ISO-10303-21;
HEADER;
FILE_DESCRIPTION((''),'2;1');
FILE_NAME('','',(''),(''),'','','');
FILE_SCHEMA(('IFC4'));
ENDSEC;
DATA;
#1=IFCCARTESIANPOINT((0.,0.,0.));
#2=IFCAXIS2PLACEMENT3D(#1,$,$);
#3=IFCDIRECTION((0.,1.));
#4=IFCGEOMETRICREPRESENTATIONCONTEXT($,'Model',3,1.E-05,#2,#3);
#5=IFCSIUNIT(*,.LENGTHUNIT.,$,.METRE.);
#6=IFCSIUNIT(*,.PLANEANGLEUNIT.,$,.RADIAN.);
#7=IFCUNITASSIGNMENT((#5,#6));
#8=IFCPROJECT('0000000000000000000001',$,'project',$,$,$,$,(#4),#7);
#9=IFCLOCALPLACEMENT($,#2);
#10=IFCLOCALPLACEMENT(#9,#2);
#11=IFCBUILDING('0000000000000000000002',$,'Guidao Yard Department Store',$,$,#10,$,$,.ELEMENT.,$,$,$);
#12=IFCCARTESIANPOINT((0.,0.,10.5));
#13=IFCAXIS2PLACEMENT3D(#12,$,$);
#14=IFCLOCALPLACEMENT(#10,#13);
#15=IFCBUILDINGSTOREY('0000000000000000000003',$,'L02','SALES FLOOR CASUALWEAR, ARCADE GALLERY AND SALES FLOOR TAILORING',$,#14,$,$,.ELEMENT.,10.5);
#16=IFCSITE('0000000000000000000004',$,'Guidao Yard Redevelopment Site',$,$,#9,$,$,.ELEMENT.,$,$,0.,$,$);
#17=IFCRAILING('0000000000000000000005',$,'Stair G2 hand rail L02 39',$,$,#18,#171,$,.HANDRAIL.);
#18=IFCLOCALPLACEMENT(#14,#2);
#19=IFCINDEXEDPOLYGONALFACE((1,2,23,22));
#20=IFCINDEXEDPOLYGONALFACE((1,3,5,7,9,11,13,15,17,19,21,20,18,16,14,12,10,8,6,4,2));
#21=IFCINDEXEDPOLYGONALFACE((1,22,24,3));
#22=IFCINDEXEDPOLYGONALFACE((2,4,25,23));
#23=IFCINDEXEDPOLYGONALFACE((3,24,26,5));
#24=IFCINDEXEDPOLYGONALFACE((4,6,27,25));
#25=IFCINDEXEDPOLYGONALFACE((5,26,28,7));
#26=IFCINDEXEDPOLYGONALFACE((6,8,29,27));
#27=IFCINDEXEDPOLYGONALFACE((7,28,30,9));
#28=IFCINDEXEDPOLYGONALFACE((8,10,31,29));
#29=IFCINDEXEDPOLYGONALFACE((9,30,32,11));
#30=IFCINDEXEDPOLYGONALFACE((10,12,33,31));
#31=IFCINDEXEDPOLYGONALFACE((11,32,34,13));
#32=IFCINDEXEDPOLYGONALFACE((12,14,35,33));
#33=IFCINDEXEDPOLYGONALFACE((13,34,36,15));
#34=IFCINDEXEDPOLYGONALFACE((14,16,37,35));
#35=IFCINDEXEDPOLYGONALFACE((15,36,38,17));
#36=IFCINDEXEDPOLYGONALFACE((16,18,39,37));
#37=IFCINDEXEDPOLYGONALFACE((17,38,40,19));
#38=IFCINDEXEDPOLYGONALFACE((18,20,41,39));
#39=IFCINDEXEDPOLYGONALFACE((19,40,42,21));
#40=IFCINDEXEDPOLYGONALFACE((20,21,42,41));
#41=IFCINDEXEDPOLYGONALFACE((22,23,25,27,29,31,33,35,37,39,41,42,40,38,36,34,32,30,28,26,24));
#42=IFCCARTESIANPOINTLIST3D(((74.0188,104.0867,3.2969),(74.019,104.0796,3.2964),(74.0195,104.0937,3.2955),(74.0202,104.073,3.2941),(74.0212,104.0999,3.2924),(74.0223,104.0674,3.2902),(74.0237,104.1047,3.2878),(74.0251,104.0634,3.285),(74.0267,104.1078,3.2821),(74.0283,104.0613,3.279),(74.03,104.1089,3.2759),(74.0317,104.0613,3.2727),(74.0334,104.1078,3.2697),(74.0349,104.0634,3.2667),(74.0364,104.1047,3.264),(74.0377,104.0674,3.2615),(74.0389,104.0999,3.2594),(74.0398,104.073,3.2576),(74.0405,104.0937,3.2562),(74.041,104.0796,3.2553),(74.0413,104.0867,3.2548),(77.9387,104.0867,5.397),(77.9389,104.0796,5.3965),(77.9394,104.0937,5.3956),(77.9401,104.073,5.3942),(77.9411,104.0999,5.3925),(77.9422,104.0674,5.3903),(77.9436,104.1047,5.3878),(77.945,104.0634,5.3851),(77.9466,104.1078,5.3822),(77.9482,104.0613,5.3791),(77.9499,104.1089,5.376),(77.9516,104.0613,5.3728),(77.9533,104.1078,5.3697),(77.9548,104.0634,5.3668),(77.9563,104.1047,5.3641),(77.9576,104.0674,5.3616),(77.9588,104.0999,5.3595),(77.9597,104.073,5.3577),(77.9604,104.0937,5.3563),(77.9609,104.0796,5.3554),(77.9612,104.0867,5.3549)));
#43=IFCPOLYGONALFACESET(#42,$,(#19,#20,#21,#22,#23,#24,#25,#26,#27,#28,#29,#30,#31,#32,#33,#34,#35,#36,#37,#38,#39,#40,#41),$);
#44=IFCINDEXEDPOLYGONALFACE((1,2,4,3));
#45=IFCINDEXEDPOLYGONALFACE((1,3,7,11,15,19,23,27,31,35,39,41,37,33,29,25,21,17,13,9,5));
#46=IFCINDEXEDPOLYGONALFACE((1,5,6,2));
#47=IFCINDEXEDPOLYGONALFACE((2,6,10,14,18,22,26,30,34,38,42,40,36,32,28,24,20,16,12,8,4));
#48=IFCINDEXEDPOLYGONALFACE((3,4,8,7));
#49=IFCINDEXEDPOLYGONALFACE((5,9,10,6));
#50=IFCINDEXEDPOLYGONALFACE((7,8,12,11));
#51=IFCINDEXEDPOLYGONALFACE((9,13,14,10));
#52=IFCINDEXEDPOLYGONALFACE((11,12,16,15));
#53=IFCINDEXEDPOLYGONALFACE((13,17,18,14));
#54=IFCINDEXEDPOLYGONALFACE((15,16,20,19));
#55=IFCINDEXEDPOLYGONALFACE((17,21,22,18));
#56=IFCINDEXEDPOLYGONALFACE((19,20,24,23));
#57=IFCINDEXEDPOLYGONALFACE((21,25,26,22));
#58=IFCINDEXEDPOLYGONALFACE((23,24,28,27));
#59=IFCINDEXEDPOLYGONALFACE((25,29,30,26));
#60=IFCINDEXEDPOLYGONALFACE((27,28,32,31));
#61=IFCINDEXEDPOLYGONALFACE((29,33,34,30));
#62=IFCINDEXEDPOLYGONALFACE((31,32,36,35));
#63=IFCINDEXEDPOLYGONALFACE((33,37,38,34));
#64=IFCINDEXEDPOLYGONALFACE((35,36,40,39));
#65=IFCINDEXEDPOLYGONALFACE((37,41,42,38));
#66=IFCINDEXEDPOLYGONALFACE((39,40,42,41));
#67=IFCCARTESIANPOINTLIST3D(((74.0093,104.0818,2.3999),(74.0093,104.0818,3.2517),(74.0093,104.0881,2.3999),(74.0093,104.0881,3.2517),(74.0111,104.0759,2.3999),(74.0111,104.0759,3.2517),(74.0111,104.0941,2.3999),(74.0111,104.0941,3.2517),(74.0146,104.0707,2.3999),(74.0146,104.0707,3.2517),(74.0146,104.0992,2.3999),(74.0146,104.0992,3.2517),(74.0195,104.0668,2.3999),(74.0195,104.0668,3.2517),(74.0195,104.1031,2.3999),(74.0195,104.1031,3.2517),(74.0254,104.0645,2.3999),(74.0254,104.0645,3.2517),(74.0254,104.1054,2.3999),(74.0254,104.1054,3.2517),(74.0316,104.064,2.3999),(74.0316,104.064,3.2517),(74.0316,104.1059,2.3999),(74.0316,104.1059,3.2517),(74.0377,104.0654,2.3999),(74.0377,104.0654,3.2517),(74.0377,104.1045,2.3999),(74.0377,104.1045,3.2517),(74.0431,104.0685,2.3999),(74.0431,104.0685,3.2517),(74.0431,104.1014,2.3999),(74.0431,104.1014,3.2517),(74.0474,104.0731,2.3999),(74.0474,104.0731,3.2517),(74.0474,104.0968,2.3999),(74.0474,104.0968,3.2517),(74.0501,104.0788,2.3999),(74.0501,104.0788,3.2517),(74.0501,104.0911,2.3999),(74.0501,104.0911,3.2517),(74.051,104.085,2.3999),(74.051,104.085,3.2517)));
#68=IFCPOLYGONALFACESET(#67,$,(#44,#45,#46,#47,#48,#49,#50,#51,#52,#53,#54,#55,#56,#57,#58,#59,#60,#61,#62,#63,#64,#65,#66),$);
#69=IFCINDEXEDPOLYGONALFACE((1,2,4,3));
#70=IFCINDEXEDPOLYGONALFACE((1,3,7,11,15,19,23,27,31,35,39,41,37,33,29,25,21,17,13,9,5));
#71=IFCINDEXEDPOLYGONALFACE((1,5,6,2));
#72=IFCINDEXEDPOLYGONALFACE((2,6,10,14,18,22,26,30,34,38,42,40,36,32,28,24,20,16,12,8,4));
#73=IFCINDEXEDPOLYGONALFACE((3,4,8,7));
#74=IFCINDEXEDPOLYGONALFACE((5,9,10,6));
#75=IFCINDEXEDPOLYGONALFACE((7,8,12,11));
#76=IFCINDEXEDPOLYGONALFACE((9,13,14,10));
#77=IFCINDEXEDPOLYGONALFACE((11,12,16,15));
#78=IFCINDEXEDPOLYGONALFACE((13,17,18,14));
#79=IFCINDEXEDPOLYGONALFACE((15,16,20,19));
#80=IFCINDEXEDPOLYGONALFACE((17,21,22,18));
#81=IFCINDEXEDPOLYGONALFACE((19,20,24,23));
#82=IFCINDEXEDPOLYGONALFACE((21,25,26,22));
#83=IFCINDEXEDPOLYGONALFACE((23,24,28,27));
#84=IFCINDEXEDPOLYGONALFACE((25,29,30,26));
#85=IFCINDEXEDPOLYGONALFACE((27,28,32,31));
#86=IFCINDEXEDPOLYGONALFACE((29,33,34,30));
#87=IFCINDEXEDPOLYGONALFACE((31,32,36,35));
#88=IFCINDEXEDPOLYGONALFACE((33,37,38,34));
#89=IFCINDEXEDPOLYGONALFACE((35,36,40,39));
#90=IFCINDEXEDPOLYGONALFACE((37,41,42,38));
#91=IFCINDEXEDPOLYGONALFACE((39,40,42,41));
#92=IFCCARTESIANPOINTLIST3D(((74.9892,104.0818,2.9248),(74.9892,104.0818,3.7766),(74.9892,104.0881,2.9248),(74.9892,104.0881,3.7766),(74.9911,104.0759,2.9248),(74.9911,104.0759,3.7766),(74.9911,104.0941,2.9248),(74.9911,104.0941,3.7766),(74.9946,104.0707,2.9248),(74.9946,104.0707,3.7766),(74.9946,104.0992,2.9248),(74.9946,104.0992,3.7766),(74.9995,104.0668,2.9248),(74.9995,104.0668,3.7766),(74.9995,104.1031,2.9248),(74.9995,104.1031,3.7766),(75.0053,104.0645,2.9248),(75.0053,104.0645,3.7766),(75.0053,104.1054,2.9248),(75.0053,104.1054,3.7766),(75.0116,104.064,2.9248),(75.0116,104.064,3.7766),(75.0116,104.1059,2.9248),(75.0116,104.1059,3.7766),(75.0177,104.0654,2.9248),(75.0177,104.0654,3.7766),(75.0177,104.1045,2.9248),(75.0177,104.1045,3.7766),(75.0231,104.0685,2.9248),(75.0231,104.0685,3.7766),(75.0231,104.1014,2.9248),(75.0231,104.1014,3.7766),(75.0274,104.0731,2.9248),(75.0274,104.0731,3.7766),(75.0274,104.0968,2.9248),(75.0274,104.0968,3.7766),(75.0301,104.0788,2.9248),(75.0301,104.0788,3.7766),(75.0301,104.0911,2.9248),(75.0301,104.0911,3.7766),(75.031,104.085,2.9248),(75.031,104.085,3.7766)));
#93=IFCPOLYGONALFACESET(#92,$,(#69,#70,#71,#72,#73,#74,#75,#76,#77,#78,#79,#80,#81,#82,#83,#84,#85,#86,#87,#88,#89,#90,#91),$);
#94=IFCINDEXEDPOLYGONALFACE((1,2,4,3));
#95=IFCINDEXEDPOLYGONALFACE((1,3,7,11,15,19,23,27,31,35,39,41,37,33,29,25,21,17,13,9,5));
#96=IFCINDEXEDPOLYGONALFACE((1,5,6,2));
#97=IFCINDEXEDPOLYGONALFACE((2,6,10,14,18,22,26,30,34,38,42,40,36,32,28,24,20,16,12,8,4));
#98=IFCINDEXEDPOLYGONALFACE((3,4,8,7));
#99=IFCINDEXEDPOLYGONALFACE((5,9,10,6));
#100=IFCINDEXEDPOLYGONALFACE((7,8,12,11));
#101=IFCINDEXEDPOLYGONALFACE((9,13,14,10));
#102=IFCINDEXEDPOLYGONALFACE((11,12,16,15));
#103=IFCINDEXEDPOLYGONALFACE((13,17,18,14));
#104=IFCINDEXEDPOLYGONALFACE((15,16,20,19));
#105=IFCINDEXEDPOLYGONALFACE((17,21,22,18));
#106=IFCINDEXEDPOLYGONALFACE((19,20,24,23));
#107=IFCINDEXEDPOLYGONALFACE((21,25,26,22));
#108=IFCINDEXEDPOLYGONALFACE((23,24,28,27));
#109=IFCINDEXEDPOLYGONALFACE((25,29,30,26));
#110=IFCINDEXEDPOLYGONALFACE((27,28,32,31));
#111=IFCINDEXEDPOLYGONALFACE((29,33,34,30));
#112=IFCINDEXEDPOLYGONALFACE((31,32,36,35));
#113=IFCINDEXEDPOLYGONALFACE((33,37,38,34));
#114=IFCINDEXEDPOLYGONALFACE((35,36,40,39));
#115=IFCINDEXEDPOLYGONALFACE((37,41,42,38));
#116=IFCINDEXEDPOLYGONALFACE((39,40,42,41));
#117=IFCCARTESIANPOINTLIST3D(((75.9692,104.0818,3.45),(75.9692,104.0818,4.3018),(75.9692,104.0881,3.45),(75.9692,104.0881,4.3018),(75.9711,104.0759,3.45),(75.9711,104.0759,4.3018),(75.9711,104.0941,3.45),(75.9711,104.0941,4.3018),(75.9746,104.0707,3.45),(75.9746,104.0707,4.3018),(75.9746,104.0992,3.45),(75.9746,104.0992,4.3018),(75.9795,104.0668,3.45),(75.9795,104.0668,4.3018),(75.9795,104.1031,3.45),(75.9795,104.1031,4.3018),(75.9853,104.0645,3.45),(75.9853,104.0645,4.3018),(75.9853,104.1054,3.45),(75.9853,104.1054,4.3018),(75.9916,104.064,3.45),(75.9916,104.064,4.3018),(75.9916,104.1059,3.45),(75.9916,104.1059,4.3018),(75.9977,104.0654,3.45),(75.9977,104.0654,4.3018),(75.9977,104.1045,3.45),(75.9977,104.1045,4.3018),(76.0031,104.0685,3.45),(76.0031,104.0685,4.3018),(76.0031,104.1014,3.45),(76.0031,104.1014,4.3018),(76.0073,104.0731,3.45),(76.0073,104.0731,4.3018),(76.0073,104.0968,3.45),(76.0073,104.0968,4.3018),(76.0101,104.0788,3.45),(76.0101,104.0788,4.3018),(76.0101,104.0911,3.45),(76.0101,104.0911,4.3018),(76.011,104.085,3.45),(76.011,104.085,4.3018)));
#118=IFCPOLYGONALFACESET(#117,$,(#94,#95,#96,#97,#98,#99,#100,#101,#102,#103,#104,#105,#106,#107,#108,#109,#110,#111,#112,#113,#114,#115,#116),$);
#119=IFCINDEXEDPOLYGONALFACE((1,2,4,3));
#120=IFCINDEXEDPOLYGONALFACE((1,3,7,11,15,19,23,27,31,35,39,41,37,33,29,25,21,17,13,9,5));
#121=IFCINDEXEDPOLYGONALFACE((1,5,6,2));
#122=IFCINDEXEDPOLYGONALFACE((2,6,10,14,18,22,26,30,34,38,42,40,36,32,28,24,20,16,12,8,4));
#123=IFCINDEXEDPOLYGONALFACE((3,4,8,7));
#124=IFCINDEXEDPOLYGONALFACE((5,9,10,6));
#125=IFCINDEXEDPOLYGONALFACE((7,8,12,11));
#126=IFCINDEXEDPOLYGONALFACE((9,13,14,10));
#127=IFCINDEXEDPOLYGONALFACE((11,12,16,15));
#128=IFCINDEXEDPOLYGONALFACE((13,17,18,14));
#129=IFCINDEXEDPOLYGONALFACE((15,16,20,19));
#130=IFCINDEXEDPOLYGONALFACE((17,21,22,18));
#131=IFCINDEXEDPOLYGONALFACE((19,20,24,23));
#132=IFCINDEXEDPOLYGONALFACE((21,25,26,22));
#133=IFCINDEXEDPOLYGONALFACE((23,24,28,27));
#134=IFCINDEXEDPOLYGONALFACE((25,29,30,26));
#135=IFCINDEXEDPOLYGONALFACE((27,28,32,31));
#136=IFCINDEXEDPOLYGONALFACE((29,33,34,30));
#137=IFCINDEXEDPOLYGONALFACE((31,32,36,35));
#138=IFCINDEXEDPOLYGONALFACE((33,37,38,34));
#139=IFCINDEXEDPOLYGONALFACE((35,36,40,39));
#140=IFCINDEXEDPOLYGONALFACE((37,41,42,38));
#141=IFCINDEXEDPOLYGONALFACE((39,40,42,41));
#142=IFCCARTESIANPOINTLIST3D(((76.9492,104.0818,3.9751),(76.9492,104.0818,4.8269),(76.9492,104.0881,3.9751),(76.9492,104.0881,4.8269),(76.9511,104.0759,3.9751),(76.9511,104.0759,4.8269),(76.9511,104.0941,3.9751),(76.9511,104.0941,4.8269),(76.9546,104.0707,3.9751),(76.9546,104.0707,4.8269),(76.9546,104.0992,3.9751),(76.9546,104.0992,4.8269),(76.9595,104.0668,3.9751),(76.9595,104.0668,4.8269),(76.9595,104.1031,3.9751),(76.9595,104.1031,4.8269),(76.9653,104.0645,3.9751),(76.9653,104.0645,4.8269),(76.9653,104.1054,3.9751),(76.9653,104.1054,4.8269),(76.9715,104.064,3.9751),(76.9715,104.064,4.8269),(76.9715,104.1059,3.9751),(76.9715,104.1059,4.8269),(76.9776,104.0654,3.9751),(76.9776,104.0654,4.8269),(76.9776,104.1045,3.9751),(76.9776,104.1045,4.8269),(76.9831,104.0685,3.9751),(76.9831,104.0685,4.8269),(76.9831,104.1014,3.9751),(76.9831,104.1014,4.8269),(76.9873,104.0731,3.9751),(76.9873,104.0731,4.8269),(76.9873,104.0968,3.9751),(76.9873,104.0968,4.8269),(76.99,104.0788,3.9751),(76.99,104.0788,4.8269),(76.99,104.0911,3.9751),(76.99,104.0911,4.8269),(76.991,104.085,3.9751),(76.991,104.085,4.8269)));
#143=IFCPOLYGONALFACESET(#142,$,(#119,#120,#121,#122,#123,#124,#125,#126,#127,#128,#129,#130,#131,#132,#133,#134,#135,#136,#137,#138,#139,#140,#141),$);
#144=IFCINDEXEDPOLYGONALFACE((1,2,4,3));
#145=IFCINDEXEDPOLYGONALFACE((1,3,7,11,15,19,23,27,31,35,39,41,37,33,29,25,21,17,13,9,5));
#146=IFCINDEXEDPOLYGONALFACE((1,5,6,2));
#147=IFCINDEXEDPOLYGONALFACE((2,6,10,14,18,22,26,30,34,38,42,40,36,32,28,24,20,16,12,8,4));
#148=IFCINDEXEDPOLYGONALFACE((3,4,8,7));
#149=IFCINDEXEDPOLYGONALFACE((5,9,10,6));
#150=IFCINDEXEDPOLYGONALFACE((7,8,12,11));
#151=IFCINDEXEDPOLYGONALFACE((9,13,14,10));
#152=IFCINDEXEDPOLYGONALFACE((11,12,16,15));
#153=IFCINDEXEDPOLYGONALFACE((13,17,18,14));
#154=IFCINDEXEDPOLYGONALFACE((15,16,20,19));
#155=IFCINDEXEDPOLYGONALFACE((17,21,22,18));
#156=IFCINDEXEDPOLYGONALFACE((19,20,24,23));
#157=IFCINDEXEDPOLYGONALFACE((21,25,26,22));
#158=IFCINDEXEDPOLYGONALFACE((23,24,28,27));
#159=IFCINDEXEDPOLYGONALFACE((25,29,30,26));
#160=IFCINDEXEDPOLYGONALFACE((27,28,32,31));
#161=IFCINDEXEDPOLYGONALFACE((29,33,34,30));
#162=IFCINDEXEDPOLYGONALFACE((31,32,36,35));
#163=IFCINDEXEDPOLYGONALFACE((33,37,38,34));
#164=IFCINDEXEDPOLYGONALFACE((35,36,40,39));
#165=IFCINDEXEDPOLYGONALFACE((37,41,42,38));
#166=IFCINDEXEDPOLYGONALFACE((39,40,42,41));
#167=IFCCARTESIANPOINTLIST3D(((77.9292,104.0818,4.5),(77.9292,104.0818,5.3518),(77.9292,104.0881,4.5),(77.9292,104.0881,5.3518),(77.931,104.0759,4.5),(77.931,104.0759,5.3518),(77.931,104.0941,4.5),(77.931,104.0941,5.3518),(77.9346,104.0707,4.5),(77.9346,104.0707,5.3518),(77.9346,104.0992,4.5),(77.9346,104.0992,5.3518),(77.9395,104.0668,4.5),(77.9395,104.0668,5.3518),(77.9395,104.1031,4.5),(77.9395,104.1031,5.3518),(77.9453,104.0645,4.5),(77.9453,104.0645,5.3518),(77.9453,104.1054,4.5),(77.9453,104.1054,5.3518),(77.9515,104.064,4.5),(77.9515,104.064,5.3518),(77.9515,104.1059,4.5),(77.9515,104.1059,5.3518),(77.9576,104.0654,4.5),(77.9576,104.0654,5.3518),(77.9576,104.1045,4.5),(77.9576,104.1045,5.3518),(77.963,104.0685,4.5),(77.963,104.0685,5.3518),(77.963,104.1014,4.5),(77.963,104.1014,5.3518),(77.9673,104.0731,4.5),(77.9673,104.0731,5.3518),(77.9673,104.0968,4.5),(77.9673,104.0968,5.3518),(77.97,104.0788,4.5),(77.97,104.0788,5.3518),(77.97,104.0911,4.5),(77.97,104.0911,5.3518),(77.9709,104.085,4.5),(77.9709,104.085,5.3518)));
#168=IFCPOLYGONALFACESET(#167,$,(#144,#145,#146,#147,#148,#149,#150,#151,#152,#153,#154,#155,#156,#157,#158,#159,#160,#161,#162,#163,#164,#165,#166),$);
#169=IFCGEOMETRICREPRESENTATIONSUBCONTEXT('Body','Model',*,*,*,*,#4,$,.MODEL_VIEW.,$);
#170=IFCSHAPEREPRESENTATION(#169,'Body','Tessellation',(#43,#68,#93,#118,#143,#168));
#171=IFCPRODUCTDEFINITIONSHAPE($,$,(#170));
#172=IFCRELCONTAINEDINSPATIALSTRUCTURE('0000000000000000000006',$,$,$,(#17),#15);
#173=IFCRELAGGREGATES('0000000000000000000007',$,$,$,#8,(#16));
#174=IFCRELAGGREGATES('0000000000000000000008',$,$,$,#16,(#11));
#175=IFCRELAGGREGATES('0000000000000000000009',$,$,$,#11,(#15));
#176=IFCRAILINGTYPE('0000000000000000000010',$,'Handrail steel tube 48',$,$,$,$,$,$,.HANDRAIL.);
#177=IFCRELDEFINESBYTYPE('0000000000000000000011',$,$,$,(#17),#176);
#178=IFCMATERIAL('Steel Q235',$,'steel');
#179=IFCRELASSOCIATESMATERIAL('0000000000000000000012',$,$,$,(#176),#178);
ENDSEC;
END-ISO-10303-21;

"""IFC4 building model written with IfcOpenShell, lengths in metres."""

from ifc_helpers import new_model, si_unit, direction, frame, origin, origin_2d, place, context, subcontext, project, spatial, circle, extrude, material, type_object, element, save


model = new_model("IFC4")

# Units and contexts
model_context = context("Model", 3, precision=1e-05, world=origin(), true_north=direction((0.0, 1.0)))
body_context = subcontext(model_context, "Body", "Model", "MODEL_VIEW")
ifc_project = project(units=[si_unit("LENGTHUNIT", "METRE"), si_unit("PLANEANGLEUNIT", "RADIAN")], contexts=[model_context])

# Site, building, storey
site_placement = place(None, origin())
site = spatial("IfcSite", under=ifc_project, at=site_placement, Name="Guidao Yard Redevelopment Site", CompositionType="ELEMENT", RefElevation=0.0)
building_placement = place(site_placement, origin())
building = spatial("IfcBuilding", under=site, at=building_placement, Name="Guidao Yard Department Store", CompositionType="ELEMENT")
storey_placement = place(building_placement, frame((0.0, 0.0, 10.5)))
storey = spatial("IfcBuildingStorey", under=building, at=storey_placement, Name="L02", Description="SALES FLOOR CASUALWEAR, ARCADE GALLERY AND SALES FLOOR TAILORING", CompositionType="ELEMENT", Elevation=10.5)

# Railing
ifc_material_1 = material(Name="Steel Q235", Category="steel")
railing_type = type_object("IfcRailingType", Name="Handrail steel tube 48", PredefinedType="HANDRAIL", material=ifc_material_1)
railing_placement = place(storey_placement, frame((74.03, 104.085, 2.3999)))
element("IfcRailing", 1, at=railing_placement, inside=storey, type_object=railing_type, Name="Stair G2 hand rail L02 39", PredefinedType="HANDRAIL", context=body_context, shape_type="SweptSolid", body=[
    extrude(circle(Radius=0.0239, at=origin_2d()), frame((0.0, 0.0, 0.876), z_axis=(0.881467, 0.0, 0.472246), x_axis=(0.0, 1.0, 0.0)), (0.0, 0.0, 1.0), 4.447),
    extrude(circle(Radius=0.021, at=origin_2d()), origin(), (0.0, 0.0, 1.0), 0.8518),
    extrude(circle(Radius=0.021, at=origin_2d()), frame((0.98, 0.0, 0.5249)), (0.0, 0.0, 1.0), 0.8518),
    extrude(circle(Radius=0.021, at=origin_2d()), frame((1.96, 0.0, 1.05)), (0.0, 0.0, 1.0), 0.8518),
    extrude(circle(Radius=0.021, at=origin_2d()), frame((2.9399, 0.0, 1.5752)), (0.0, 0.0, 1.0), 0.8518),
    extrude(circle(Radius=0.021, at=origin_2d()), frame((3.9199, 0.0, 2.1001)), (0.0, 0.0, 1.0), 0.8518),
])

save(model, "model.ifc")
